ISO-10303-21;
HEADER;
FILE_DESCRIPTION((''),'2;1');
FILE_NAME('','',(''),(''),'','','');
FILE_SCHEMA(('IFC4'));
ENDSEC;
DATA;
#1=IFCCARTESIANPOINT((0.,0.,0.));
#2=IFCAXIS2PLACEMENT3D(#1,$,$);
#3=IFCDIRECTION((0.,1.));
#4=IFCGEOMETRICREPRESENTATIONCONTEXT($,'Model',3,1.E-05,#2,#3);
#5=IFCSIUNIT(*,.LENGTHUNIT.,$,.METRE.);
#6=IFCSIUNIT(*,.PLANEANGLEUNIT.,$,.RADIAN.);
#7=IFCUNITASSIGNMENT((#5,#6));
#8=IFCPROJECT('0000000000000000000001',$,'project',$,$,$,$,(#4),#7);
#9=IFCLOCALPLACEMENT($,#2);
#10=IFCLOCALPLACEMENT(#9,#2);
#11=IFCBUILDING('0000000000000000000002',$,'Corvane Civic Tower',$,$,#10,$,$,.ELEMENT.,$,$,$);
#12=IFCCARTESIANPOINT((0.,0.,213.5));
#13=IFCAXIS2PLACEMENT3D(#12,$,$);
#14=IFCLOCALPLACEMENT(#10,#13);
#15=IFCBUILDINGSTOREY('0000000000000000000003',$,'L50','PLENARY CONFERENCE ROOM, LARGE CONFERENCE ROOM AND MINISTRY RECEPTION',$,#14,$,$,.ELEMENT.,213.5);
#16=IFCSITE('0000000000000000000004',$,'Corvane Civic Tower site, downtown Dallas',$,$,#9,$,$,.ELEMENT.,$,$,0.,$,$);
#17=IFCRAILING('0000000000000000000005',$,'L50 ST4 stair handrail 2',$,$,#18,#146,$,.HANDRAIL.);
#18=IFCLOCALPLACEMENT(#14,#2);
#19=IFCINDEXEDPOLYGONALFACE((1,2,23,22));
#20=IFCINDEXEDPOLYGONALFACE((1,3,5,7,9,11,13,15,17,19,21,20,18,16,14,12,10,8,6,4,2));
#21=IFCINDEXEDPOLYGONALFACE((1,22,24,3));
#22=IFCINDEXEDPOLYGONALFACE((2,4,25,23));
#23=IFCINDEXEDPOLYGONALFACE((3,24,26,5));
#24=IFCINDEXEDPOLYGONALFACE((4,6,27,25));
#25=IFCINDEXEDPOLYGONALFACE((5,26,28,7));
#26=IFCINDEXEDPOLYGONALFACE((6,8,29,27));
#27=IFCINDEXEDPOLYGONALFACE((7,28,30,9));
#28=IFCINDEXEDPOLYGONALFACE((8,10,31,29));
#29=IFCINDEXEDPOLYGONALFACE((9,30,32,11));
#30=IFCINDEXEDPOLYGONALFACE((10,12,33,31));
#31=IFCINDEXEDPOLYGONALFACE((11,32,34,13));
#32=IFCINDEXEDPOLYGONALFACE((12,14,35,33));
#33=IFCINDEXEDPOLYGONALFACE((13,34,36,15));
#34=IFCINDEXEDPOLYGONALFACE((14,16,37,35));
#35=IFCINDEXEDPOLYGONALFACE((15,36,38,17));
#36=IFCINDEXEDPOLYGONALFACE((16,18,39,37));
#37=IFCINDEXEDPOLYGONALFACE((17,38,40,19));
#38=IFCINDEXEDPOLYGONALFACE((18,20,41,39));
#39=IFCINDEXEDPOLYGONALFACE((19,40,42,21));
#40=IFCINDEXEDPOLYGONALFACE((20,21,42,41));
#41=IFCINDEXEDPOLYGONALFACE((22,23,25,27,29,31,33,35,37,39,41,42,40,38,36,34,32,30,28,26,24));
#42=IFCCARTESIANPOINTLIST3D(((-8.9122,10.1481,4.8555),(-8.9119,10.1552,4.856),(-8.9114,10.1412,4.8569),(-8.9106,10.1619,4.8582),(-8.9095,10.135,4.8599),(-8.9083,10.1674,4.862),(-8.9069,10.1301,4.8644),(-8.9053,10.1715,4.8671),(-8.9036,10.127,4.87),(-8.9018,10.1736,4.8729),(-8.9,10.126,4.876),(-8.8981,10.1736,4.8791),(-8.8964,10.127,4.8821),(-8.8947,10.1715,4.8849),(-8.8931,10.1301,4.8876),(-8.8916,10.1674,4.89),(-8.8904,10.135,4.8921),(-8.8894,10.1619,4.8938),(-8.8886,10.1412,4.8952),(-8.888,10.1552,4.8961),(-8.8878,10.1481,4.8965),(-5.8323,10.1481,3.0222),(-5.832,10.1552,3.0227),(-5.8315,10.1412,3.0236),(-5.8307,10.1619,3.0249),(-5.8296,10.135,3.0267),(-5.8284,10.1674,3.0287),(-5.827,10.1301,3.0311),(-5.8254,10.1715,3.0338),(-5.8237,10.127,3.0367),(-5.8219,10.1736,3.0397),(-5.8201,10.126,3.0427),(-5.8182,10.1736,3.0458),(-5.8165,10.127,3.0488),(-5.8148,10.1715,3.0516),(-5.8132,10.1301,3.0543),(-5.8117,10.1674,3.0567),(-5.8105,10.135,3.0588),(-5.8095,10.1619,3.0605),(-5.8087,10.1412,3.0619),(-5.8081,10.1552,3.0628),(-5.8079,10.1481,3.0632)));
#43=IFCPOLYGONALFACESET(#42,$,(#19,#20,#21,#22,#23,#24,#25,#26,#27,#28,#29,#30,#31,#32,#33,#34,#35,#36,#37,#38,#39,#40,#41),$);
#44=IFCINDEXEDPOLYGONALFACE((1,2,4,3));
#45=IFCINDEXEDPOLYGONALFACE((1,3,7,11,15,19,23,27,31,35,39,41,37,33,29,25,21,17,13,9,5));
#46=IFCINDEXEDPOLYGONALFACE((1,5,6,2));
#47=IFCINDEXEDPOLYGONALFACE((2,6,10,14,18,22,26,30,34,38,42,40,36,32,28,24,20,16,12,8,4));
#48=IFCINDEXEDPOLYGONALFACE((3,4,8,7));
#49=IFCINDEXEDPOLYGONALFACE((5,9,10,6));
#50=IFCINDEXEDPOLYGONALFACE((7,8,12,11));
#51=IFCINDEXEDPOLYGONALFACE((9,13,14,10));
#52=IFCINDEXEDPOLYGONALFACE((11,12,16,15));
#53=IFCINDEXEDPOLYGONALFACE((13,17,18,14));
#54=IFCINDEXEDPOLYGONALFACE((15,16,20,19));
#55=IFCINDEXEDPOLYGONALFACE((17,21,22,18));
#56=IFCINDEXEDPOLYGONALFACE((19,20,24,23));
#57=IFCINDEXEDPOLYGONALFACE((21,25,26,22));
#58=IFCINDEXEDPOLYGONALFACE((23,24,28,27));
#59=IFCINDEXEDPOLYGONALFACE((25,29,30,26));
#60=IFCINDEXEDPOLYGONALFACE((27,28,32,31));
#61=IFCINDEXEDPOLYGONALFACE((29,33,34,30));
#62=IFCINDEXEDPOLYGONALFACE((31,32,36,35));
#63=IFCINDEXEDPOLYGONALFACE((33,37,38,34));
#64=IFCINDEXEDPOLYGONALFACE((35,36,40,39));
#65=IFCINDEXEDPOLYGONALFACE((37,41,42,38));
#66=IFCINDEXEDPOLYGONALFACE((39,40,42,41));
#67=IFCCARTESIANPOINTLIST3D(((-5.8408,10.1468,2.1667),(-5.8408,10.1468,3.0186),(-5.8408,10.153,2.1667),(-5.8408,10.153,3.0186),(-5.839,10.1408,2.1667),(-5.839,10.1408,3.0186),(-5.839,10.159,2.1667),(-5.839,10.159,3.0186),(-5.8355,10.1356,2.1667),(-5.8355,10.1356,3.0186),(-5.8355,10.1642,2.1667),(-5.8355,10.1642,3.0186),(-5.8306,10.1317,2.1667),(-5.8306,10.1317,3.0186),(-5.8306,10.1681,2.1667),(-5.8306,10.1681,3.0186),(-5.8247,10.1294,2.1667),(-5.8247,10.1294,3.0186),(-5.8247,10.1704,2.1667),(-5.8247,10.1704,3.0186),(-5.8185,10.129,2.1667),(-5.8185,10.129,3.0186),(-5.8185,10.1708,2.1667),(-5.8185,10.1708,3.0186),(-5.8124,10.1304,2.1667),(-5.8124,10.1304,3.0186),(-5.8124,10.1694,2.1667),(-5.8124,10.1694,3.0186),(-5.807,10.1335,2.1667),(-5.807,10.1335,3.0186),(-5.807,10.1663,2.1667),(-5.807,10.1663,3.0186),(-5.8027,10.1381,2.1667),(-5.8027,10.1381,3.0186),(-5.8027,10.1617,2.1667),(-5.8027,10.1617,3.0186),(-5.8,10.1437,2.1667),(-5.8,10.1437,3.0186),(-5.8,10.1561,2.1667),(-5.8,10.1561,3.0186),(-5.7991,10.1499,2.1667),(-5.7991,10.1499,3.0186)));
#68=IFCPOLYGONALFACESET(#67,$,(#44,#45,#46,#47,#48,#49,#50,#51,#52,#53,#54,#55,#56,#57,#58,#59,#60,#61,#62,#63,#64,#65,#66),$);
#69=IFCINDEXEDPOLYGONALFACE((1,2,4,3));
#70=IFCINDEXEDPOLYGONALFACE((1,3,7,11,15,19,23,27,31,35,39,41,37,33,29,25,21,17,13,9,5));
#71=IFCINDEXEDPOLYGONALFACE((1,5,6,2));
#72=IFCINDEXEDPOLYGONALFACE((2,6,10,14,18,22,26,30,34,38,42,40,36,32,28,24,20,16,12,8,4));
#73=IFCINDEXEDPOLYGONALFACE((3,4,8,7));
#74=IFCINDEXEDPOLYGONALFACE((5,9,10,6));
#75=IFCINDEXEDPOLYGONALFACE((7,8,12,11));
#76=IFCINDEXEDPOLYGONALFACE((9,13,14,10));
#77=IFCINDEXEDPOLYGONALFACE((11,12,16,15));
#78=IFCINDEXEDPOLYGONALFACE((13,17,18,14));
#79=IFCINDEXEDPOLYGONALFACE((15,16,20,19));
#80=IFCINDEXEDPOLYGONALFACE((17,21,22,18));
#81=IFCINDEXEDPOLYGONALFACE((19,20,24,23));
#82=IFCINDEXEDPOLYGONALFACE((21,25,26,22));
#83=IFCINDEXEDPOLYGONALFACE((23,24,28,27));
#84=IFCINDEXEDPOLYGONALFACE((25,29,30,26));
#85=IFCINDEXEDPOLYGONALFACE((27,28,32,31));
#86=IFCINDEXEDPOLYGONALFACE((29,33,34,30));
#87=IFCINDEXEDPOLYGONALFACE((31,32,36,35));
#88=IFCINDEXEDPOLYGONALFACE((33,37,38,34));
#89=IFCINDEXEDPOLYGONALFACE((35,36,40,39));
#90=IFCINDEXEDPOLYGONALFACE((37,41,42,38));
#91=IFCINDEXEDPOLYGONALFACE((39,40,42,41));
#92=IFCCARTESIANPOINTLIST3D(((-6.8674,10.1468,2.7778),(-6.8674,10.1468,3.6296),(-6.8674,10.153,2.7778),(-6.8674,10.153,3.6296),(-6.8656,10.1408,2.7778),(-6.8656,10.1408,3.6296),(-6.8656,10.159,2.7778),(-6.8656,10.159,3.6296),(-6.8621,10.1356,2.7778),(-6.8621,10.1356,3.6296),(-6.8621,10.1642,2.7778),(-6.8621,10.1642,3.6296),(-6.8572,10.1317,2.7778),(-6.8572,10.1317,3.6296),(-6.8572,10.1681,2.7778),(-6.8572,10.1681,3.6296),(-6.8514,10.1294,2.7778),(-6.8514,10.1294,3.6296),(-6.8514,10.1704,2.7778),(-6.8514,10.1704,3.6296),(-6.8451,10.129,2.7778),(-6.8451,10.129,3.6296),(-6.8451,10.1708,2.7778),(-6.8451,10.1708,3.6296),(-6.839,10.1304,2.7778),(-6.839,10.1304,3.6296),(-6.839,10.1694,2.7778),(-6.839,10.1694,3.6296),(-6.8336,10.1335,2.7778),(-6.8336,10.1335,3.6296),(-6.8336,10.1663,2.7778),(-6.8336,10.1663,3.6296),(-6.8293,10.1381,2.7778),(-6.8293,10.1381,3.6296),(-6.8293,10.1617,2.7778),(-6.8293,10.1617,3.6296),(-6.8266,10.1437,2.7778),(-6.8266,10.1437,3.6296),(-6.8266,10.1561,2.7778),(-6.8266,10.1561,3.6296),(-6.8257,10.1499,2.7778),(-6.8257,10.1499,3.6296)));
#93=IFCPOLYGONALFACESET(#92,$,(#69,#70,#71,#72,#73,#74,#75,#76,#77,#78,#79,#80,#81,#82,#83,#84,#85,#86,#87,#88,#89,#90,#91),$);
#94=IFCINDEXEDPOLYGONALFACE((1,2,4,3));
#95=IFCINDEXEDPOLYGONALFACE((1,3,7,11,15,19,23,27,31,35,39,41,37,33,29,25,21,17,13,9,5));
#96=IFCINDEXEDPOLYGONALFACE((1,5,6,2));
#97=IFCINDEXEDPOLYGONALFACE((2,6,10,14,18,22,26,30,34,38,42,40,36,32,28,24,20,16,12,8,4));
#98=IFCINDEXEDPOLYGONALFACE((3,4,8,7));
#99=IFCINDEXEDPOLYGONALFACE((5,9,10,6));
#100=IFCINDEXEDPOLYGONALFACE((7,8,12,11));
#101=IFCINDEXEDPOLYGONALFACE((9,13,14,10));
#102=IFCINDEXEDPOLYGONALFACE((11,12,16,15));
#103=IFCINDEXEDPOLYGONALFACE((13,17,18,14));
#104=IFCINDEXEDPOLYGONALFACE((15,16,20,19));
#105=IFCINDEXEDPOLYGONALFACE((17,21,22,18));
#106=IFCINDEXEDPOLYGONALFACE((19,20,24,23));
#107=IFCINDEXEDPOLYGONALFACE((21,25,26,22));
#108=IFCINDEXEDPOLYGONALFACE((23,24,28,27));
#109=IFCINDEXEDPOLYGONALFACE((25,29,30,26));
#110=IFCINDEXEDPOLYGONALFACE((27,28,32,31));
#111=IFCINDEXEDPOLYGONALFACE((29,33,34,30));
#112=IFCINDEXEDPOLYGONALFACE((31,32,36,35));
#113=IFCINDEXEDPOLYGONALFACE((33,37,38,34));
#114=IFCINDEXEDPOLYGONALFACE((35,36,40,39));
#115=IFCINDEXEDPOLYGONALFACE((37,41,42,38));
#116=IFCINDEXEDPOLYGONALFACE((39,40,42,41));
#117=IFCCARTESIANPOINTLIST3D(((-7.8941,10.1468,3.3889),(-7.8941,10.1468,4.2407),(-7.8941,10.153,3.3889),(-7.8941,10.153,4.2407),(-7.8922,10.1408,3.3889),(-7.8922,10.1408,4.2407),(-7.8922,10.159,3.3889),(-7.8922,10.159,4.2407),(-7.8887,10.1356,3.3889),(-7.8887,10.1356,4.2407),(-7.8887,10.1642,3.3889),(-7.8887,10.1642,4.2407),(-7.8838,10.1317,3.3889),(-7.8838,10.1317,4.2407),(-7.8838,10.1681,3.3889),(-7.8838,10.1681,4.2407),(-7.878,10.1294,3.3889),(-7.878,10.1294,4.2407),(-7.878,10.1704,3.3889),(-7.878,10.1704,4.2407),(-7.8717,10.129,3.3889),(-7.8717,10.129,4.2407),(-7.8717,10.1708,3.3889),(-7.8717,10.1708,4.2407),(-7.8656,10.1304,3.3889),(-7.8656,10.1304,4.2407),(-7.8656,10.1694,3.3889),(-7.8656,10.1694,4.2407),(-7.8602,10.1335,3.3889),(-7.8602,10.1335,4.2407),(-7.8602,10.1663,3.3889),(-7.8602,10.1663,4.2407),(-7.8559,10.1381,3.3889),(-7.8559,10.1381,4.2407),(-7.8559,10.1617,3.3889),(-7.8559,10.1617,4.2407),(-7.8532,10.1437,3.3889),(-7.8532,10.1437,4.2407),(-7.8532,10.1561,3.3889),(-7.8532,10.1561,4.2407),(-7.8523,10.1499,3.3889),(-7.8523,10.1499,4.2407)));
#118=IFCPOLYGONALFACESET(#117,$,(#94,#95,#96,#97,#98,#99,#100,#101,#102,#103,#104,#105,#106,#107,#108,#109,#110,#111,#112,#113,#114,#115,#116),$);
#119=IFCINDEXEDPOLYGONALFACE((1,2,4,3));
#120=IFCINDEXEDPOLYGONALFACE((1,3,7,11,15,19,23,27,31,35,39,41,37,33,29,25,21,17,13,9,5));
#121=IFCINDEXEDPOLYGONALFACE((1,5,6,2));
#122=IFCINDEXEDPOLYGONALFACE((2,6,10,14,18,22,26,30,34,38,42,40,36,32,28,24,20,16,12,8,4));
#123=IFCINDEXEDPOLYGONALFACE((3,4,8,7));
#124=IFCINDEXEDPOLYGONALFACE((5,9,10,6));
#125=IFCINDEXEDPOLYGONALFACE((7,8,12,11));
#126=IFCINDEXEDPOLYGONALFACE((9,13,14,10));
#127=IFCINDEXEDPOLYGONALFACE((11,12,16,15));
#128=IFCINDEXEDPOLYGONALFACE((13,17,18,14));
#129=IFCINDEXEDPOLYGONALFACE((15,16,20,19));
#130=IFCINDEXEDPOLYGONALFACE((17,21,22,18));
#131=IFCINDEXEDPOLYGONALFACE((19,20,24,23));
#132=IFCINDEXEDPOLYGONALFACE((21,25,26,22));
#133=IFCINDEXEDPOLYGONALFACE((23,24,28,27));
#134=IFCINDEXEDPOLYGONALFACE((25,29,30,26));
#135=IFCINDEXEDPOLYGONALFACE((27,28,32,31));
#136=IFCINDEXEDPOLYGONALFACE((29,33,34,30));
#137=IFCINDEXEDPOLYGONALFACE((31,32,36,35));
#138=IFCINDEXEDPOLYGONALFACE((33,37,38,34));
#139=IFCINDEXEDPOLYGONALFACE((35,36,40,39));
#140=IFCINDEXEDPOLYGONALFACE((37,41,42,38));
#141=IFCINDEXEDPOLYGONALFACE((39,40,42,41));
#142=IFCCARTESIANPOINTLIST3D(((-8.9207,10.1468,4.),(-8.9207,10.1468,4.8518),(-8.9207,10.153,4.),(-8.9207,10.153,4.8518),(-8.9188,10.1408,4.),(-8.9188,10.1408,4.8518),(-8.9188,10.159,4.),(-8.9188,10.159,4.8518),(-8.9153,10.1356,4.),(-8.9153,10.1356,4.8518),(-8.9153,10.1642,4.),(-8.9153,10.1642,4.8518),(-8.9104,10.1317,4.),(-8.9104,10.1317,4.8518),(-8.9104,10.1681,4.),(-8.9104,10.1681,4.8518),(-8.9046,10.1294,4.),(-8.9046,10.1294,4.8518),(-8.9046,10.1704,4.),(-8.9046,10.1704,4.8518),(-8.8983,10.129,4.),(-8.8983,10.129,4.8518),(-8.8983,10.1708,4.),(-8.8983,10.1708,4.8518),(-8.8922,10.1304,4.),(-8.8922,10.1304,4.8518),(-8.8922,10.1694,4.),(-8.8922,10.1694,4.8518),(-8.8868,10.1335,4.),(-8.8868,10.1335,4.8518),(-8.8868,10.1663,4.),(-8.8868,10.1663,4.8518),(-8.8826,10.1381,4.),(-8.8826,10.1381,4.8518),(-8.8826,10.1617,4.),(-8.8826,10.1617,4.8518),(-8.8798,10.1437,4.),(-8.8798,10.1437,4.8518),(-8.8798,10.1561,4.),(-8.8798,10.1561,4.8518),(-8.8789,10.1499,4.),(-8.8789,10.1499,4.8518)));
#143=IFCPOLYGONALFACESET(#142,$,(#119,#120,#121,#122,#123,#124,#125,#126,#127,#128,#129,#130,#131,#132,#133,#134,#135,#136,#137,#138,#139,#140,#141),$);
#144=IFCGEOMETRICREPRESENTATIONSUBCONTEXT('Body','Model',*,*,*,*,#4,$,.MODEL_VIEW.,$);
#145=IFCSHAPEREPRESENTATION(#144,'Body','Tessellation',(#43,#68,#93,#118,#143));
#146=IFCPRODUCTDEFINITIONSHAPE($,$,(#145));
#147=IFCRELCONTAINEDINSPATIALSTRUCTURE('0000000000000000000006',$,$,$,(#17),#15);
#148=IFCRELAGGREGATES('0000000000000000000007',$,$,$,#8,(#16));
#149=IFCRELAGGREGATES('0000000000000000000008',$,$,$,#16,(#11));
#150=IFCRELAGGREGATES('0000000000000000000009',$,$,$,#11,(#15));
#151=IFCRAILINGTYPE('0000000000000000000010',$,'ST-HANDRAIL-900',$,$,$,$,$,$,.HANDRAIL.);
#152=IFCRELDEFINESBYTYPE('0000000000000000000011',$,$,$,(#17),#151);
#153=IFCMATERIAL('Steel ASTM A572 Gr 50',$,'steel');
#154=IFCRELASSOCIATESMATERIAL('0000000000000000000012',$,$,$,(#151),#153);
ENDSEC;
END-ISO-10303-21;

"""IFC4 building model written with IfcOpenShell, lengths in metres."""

from ifc_helpers import new_model, si_unit, direction, frame, origin, origin_2d, place, context, subcontext, project, spatial, circle, extrude, material, type_object, element, save


model = new_model("IFC4")

# Units and contexts
model_context = context("Model", 3, precision=1e-05, world=origin(), true_north=direction((0.0, 1.0)))
body_context = subcontext(model_context, "Body", "Model", "MODEL_VIEW")
ifc_project = project(units=[si_unit("LENGTHUNIT", "METRE"), si_unit("PLANEANGLEUNIT", "RADIAN")], contexts=[model_context])

# Site, building, storey
site_placement = place(None, origin())
site = spatial("IfcSite", under=ifc_project, at=site_placement, Name="Corvane Civic Tower site, downtown Dallas", CompositionType="ELEMENT", RefElevation=0.0)
building_placement = place(site_placement, origin())
building = spatial("IfcBuilding", under=site, at=building_placement, Name="Corvane Civic Tower", CompositionType="ELEMENT")
storey_placement = place(building_placement, frame((0.0, 0.0, 213.5)))
storey = spatial("IfcBuildingStorey", under=building, at=storey_placement, Name="L50", Description="PLENARY CONFERENCE ROOM, LARGE CONFERENCE ROOM AND MINISTRY RECEPTION", CompositionType="ELEMENT", Elevation=213.5)

# Railing
ifc_material_1 = material(Name="Steel ASTM A572 Gr 50", Category="steel")
railing_type_1 = type_object("IfcRailingType", Name="ST-HANDRAIL-900", PredefinedType="HANDRAIL", material=ifc_material_1)
railing_1_placement = place(storey_placement, frame((-5.8201, 10.1499, 2.1667)))
element("IfcRailing", 1, at=railing_1_placement, inside=storey, type_object=railing_type_1, Name="L50 ST4 stair handrail 2", PredefinedType="HANDRAIL", context=body_context, shape_type="SweptSolid", body=[
    extrude(circle(Radius=0.0239, at=origin_2d()), frame((0.0, 0.0, 0.876), z_axis=(-0.859291, 0.0, 0.511487), x_axis=(0.0, -1.0, 0.0)), (0.0, 0.0, 1.0), 3.5842),
    extrude(circle(Radius=0.021, at=origin_2d()), origin(), (0.0, 0.0, 1.0), 0.8518),
    extrude(circle(Radius=0.021, at=origin_2d()), frame((-1.0266, 0.0, 0.6111)), (0.0, 0.0, 1.0), 0.8518),
    extrude(circle(Radius=0.021, at=origin_2d()), frame((-2.0532, 0.0, 1.2222)), (0.0, 0.0, 1.0), 0.8518),
    extrude(circle(Radius=0.021, at=origin_2d()), frame((-3.0798, 0.0, 1.8333)), (0.0, 0.0, 1.0), 0.8518),
])

save(model, "model.ifc")
